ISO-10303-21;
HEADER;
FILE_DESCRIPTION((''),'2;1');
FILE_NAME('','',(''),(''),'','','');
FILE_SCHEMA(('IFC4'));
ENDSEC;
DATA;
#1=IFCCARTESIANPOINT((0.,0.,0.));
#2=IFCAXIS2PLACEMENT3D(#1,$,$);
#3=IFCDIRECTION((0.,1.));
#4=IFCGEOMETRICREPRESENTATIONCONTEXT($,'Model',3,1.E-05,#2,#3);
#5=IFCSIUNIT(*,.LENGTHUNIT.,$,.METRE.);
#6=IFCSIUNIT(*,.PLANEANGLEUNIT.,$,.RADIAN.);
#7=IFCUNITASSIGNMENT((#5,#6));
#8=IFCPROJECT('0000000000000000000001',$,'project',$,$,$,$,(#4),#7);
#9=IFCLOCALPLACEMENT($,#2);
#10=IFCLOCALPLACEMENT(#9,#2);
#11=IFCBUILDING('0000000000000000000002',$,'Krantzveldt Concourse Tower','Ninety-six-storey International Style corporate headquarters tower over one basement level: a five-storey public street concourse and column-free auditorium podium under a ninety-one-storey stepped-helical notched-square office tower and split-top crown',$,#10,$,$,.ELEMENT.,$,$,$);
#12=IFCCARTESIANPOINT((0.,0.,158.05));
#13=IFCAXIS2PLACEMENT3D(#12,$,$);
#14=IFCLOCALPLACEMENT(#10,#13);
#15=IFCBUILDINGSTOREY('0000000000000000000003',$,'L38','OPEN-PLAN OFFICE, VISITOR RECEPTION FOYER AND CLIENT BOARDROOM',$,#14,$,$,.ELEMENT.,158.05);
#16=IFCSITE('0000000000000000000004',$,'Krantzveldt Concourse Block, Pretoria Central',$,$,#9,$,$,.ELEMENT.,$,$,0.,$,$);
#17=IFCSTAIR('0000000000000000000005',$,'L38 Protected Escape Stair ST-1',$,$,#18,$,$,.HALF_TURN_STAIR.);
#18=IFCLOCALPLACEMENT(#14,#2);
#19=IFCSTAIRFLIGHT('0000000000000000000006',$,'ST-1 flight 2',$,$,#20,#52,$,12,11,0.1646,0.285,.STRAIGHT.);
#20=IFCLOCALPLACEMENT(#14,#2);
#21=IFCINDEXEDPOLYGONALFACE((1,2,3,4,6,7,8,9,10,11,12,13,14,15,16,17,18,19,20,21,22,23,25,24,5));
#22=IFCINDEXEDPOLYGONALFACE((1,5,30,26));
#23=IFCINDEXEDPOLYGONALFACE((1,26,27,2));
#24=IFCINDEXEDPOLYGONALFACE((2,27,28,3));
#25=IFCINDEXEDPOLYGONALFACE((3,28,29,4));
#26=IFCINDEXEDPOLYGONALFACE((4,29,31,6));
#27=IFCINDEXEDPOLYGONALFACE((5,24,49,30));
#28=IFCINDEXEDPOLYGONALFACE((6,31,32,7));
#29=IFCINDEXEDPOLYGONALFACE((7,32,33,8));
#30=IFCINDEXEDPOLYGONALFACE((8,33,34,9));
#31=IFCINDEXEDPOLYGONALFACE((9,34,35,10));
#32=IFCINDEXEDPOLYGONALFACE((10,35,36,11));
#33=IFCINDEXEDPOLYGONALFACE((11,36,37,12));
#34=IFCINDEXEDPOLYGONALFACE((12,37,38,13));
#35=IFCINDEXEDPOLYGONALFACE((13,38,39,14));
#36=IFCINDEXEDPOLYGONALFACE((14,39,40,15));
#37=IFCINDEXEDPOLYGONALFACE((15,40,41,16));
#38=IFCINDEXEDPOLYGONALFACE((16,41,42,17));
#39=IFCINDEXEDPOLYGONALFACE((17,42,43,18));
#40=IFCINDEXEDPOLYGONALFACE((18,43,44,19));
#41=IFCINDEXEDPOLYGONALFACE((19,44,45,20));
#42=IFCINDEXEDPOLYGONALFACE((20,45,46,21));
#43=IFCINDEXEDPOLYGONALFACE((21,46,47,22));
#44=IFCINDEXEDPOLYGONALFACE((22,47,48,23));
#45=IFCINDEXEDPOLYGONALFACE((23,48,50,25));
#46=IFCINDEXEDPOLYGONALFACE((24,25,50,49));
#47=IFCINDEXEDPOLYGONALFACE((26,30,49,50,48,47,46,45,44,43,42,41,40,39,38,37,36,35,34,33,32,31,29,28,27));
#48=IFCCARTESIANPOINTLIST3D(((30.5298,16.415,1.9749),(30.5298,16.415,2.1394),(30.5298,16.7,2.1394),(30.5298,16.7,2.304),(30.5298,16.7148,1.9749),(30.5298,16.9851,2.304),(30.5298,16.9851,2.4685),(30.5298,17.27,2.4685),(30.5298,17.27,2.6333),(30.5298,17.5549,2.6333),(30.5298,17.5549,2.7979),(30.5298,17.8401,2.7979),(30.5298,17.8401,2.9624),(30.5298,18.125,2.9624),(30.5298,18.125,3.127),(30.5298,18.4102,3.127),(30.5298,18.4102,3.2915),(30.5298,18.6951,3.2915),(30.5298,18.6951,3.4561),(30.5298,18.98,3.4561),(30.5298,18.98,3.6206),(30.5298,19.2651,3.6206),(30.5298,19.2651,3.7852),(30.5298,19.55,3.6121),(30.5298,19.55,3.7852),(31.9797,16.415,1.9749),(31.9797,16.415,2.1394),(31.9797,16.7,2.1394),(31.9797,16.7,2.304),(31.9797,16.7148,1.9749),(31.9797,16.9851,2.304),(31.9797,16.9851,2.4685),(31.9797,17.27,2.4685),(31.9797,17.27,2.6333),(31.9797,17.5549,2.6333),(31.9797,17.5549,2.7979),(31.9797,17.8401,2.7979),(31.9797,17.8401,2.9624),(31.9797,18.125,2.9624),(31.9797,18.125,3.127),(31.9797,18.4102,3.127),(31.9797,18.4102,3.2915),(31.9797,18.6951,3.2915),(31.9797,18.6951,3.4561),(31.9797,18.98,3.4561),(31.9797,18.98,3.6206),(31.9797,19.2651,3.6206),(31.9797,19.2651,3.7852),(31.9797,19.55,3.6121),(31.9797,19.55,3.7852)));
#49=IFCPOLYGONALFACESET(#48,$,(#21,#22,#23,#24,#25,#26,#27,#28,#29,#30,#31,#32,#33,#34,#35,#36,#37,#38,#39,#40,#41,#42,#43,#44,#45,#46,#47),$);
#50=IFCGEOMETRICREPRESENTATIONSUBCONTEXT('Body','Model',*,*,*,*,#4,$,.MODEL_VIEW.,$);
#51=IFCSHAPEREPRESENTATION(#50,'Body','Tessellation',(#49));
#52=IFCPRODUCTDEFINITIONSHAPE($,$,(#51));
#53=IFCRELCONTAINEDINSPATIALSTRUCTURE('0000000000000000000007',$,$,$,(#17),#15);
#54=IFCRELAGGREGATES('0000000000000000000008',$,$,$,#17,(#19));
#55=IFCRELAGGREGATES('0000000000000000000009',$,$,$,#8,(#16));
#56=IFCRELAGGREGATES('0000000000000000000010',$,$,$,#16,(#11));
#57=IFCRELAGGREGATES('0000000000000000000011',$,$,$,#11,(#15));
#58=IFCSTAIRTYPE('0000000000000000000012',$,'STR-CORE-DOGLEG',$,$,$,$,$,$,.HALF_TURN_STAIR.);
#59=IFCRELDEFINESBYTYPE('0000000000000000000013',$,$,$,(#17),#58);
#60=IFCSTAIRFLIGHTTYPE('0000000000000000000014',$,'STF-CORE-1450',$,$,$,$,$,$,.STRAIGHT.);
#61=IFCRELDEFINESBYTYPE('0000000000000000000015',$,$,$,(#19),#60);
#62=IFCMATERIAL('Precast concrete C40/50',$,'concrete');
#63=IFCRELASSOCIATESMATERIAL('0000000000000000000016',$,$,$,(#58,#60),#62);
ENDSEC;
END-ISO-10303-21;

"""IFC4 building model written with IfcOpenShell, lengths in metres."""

from ifc_helpers import new_model, si_unit, direction, frame, origin, place, context, subcontext, project, spatial, polyline, outline, extrude, material, type_object, element, aggregate, save


model = new_model("IFC4")

# Units and contexts
model_context = context("Model", 3, precision=1e-05, world=origin(), true_north=direction((0.0, 1.0)))
body_context = subcontext(model_context, "Body", "Model", "MODEL_VIEW")
ifc_project = project(units=[si_unit("LENGTHUNIT", "METRE"), si_unit("PLANEANGLEUNIT", "RADIAN")], contexts=[model_context])

# Site, building, storey
site_placement = place(None, origin())
site = spatial("IfcSite", under=ifc_project, at=site_placement, Name="Krantzveldt Concourse Block, Pretoria Central", CompositionType="ELEMENT", RefElevation=0.0)
building_placement = place(site_placement, origin())
building = spatial("IfcBuilding", under=site, at=building_placement, Name="Krantzveldt Concourse Tower", Description="Ninety-six-storey International Style corporate headquarters tower over one basement level: a five-storey public street concourse and column-free auditorium podium under a ninety-one-storey stepped-helical notched-square office tower and split-top crown", CompositionType="ELEMENT")
storey_placement = place(building_placement, frame((0.0, 0.0, 158.05)))
storey = spatial("IfcBuildingStorey", under=building, at=storey_placement, Name="L38", Description="OPEN-PLAN OFFICE, VISITOR RECEPTION FOYER AND CLIENT BOARDROOM", CompositionType="ELEMENT", Elevation=158.05)

# Stair, stair flight
ifc_material_1 = material(Name="Precast concrete C40/50", Category="concrete")
stair_type = type_object("IfcStairType", Name="STR-CORE-DOGLEG", PredefinedType="HALF_TURN_STAIR", material=ifc_material_1)
stair_placement = place(storey_placement, origin())
stair = element("IfcStair", 1, at=stair_placement, inside=storey, type_object=stair_type, Name="L38 Protected Escape Stair ST-1", PredefinedType="HALF_TURN_STAIR")
stair_flight_type = type_object("IfcStairFlightType", Name="STF-CORE-1450", PredefinedType="STRAIGHT", material=ifc_material_1)
stair_flight_1_placement = place(storey_placement, frame((31.2549, 16.415, 1.9749), z_axis=(0.0, 0.0, 1.0), x_axis=(0.0, 1.0, 0.0)))
stair_flight_1 = element("IfcStairFlight", 2, at=stair_flight_1_placement, type_object=stair_flight_type, Name="ST-1 flight 2", NumberOfRisers=12, NumberOfTreads=11, PredefinedType="STRAIGHT", RiserHeight=0.1646, TreadLength=0.285, context=body_context, shape_type="SweptSolid", body=[
    extrude(outline(polyline([(0.0, 0.0), (0.0, 0.1646), (0.2849, 0.1646), (0.2849, 0.3291), (0.5701, 0.3291), (0.5701, 0.4937), (0.855, 0.4937), (0.855, 0.6584), (1.1399, 0.6584), (1.1399, 0.823), (1.425, 0.823), (1.425, 0.9875), (1.71, 0.9875), (1.71, 1.1521), (1.9951, 1.1521), (1.9951, 1.3167), (2.28, 1.3167), (2.28, 1.4812), (2.5649, 1.4812), (2.5649, 1.6458), (2.8501, 1.6458), (2.8501, 1.8103), (3.135, 1.8103), (3.135, 1.9751), (3.135, 1.6372), (0.2998, 0.0), (0.0, 0.0)])), frame((0.0, 0.7251, 0.0), z_axis=(0.0, -1.0, 0.0), x_axis=(1.0, 0.0, 0.0)), (0.0, 0.0, 1.0), 1.45),
])
aggregate(stair, [stair_flight_1])

save(model, "model.ifc")
